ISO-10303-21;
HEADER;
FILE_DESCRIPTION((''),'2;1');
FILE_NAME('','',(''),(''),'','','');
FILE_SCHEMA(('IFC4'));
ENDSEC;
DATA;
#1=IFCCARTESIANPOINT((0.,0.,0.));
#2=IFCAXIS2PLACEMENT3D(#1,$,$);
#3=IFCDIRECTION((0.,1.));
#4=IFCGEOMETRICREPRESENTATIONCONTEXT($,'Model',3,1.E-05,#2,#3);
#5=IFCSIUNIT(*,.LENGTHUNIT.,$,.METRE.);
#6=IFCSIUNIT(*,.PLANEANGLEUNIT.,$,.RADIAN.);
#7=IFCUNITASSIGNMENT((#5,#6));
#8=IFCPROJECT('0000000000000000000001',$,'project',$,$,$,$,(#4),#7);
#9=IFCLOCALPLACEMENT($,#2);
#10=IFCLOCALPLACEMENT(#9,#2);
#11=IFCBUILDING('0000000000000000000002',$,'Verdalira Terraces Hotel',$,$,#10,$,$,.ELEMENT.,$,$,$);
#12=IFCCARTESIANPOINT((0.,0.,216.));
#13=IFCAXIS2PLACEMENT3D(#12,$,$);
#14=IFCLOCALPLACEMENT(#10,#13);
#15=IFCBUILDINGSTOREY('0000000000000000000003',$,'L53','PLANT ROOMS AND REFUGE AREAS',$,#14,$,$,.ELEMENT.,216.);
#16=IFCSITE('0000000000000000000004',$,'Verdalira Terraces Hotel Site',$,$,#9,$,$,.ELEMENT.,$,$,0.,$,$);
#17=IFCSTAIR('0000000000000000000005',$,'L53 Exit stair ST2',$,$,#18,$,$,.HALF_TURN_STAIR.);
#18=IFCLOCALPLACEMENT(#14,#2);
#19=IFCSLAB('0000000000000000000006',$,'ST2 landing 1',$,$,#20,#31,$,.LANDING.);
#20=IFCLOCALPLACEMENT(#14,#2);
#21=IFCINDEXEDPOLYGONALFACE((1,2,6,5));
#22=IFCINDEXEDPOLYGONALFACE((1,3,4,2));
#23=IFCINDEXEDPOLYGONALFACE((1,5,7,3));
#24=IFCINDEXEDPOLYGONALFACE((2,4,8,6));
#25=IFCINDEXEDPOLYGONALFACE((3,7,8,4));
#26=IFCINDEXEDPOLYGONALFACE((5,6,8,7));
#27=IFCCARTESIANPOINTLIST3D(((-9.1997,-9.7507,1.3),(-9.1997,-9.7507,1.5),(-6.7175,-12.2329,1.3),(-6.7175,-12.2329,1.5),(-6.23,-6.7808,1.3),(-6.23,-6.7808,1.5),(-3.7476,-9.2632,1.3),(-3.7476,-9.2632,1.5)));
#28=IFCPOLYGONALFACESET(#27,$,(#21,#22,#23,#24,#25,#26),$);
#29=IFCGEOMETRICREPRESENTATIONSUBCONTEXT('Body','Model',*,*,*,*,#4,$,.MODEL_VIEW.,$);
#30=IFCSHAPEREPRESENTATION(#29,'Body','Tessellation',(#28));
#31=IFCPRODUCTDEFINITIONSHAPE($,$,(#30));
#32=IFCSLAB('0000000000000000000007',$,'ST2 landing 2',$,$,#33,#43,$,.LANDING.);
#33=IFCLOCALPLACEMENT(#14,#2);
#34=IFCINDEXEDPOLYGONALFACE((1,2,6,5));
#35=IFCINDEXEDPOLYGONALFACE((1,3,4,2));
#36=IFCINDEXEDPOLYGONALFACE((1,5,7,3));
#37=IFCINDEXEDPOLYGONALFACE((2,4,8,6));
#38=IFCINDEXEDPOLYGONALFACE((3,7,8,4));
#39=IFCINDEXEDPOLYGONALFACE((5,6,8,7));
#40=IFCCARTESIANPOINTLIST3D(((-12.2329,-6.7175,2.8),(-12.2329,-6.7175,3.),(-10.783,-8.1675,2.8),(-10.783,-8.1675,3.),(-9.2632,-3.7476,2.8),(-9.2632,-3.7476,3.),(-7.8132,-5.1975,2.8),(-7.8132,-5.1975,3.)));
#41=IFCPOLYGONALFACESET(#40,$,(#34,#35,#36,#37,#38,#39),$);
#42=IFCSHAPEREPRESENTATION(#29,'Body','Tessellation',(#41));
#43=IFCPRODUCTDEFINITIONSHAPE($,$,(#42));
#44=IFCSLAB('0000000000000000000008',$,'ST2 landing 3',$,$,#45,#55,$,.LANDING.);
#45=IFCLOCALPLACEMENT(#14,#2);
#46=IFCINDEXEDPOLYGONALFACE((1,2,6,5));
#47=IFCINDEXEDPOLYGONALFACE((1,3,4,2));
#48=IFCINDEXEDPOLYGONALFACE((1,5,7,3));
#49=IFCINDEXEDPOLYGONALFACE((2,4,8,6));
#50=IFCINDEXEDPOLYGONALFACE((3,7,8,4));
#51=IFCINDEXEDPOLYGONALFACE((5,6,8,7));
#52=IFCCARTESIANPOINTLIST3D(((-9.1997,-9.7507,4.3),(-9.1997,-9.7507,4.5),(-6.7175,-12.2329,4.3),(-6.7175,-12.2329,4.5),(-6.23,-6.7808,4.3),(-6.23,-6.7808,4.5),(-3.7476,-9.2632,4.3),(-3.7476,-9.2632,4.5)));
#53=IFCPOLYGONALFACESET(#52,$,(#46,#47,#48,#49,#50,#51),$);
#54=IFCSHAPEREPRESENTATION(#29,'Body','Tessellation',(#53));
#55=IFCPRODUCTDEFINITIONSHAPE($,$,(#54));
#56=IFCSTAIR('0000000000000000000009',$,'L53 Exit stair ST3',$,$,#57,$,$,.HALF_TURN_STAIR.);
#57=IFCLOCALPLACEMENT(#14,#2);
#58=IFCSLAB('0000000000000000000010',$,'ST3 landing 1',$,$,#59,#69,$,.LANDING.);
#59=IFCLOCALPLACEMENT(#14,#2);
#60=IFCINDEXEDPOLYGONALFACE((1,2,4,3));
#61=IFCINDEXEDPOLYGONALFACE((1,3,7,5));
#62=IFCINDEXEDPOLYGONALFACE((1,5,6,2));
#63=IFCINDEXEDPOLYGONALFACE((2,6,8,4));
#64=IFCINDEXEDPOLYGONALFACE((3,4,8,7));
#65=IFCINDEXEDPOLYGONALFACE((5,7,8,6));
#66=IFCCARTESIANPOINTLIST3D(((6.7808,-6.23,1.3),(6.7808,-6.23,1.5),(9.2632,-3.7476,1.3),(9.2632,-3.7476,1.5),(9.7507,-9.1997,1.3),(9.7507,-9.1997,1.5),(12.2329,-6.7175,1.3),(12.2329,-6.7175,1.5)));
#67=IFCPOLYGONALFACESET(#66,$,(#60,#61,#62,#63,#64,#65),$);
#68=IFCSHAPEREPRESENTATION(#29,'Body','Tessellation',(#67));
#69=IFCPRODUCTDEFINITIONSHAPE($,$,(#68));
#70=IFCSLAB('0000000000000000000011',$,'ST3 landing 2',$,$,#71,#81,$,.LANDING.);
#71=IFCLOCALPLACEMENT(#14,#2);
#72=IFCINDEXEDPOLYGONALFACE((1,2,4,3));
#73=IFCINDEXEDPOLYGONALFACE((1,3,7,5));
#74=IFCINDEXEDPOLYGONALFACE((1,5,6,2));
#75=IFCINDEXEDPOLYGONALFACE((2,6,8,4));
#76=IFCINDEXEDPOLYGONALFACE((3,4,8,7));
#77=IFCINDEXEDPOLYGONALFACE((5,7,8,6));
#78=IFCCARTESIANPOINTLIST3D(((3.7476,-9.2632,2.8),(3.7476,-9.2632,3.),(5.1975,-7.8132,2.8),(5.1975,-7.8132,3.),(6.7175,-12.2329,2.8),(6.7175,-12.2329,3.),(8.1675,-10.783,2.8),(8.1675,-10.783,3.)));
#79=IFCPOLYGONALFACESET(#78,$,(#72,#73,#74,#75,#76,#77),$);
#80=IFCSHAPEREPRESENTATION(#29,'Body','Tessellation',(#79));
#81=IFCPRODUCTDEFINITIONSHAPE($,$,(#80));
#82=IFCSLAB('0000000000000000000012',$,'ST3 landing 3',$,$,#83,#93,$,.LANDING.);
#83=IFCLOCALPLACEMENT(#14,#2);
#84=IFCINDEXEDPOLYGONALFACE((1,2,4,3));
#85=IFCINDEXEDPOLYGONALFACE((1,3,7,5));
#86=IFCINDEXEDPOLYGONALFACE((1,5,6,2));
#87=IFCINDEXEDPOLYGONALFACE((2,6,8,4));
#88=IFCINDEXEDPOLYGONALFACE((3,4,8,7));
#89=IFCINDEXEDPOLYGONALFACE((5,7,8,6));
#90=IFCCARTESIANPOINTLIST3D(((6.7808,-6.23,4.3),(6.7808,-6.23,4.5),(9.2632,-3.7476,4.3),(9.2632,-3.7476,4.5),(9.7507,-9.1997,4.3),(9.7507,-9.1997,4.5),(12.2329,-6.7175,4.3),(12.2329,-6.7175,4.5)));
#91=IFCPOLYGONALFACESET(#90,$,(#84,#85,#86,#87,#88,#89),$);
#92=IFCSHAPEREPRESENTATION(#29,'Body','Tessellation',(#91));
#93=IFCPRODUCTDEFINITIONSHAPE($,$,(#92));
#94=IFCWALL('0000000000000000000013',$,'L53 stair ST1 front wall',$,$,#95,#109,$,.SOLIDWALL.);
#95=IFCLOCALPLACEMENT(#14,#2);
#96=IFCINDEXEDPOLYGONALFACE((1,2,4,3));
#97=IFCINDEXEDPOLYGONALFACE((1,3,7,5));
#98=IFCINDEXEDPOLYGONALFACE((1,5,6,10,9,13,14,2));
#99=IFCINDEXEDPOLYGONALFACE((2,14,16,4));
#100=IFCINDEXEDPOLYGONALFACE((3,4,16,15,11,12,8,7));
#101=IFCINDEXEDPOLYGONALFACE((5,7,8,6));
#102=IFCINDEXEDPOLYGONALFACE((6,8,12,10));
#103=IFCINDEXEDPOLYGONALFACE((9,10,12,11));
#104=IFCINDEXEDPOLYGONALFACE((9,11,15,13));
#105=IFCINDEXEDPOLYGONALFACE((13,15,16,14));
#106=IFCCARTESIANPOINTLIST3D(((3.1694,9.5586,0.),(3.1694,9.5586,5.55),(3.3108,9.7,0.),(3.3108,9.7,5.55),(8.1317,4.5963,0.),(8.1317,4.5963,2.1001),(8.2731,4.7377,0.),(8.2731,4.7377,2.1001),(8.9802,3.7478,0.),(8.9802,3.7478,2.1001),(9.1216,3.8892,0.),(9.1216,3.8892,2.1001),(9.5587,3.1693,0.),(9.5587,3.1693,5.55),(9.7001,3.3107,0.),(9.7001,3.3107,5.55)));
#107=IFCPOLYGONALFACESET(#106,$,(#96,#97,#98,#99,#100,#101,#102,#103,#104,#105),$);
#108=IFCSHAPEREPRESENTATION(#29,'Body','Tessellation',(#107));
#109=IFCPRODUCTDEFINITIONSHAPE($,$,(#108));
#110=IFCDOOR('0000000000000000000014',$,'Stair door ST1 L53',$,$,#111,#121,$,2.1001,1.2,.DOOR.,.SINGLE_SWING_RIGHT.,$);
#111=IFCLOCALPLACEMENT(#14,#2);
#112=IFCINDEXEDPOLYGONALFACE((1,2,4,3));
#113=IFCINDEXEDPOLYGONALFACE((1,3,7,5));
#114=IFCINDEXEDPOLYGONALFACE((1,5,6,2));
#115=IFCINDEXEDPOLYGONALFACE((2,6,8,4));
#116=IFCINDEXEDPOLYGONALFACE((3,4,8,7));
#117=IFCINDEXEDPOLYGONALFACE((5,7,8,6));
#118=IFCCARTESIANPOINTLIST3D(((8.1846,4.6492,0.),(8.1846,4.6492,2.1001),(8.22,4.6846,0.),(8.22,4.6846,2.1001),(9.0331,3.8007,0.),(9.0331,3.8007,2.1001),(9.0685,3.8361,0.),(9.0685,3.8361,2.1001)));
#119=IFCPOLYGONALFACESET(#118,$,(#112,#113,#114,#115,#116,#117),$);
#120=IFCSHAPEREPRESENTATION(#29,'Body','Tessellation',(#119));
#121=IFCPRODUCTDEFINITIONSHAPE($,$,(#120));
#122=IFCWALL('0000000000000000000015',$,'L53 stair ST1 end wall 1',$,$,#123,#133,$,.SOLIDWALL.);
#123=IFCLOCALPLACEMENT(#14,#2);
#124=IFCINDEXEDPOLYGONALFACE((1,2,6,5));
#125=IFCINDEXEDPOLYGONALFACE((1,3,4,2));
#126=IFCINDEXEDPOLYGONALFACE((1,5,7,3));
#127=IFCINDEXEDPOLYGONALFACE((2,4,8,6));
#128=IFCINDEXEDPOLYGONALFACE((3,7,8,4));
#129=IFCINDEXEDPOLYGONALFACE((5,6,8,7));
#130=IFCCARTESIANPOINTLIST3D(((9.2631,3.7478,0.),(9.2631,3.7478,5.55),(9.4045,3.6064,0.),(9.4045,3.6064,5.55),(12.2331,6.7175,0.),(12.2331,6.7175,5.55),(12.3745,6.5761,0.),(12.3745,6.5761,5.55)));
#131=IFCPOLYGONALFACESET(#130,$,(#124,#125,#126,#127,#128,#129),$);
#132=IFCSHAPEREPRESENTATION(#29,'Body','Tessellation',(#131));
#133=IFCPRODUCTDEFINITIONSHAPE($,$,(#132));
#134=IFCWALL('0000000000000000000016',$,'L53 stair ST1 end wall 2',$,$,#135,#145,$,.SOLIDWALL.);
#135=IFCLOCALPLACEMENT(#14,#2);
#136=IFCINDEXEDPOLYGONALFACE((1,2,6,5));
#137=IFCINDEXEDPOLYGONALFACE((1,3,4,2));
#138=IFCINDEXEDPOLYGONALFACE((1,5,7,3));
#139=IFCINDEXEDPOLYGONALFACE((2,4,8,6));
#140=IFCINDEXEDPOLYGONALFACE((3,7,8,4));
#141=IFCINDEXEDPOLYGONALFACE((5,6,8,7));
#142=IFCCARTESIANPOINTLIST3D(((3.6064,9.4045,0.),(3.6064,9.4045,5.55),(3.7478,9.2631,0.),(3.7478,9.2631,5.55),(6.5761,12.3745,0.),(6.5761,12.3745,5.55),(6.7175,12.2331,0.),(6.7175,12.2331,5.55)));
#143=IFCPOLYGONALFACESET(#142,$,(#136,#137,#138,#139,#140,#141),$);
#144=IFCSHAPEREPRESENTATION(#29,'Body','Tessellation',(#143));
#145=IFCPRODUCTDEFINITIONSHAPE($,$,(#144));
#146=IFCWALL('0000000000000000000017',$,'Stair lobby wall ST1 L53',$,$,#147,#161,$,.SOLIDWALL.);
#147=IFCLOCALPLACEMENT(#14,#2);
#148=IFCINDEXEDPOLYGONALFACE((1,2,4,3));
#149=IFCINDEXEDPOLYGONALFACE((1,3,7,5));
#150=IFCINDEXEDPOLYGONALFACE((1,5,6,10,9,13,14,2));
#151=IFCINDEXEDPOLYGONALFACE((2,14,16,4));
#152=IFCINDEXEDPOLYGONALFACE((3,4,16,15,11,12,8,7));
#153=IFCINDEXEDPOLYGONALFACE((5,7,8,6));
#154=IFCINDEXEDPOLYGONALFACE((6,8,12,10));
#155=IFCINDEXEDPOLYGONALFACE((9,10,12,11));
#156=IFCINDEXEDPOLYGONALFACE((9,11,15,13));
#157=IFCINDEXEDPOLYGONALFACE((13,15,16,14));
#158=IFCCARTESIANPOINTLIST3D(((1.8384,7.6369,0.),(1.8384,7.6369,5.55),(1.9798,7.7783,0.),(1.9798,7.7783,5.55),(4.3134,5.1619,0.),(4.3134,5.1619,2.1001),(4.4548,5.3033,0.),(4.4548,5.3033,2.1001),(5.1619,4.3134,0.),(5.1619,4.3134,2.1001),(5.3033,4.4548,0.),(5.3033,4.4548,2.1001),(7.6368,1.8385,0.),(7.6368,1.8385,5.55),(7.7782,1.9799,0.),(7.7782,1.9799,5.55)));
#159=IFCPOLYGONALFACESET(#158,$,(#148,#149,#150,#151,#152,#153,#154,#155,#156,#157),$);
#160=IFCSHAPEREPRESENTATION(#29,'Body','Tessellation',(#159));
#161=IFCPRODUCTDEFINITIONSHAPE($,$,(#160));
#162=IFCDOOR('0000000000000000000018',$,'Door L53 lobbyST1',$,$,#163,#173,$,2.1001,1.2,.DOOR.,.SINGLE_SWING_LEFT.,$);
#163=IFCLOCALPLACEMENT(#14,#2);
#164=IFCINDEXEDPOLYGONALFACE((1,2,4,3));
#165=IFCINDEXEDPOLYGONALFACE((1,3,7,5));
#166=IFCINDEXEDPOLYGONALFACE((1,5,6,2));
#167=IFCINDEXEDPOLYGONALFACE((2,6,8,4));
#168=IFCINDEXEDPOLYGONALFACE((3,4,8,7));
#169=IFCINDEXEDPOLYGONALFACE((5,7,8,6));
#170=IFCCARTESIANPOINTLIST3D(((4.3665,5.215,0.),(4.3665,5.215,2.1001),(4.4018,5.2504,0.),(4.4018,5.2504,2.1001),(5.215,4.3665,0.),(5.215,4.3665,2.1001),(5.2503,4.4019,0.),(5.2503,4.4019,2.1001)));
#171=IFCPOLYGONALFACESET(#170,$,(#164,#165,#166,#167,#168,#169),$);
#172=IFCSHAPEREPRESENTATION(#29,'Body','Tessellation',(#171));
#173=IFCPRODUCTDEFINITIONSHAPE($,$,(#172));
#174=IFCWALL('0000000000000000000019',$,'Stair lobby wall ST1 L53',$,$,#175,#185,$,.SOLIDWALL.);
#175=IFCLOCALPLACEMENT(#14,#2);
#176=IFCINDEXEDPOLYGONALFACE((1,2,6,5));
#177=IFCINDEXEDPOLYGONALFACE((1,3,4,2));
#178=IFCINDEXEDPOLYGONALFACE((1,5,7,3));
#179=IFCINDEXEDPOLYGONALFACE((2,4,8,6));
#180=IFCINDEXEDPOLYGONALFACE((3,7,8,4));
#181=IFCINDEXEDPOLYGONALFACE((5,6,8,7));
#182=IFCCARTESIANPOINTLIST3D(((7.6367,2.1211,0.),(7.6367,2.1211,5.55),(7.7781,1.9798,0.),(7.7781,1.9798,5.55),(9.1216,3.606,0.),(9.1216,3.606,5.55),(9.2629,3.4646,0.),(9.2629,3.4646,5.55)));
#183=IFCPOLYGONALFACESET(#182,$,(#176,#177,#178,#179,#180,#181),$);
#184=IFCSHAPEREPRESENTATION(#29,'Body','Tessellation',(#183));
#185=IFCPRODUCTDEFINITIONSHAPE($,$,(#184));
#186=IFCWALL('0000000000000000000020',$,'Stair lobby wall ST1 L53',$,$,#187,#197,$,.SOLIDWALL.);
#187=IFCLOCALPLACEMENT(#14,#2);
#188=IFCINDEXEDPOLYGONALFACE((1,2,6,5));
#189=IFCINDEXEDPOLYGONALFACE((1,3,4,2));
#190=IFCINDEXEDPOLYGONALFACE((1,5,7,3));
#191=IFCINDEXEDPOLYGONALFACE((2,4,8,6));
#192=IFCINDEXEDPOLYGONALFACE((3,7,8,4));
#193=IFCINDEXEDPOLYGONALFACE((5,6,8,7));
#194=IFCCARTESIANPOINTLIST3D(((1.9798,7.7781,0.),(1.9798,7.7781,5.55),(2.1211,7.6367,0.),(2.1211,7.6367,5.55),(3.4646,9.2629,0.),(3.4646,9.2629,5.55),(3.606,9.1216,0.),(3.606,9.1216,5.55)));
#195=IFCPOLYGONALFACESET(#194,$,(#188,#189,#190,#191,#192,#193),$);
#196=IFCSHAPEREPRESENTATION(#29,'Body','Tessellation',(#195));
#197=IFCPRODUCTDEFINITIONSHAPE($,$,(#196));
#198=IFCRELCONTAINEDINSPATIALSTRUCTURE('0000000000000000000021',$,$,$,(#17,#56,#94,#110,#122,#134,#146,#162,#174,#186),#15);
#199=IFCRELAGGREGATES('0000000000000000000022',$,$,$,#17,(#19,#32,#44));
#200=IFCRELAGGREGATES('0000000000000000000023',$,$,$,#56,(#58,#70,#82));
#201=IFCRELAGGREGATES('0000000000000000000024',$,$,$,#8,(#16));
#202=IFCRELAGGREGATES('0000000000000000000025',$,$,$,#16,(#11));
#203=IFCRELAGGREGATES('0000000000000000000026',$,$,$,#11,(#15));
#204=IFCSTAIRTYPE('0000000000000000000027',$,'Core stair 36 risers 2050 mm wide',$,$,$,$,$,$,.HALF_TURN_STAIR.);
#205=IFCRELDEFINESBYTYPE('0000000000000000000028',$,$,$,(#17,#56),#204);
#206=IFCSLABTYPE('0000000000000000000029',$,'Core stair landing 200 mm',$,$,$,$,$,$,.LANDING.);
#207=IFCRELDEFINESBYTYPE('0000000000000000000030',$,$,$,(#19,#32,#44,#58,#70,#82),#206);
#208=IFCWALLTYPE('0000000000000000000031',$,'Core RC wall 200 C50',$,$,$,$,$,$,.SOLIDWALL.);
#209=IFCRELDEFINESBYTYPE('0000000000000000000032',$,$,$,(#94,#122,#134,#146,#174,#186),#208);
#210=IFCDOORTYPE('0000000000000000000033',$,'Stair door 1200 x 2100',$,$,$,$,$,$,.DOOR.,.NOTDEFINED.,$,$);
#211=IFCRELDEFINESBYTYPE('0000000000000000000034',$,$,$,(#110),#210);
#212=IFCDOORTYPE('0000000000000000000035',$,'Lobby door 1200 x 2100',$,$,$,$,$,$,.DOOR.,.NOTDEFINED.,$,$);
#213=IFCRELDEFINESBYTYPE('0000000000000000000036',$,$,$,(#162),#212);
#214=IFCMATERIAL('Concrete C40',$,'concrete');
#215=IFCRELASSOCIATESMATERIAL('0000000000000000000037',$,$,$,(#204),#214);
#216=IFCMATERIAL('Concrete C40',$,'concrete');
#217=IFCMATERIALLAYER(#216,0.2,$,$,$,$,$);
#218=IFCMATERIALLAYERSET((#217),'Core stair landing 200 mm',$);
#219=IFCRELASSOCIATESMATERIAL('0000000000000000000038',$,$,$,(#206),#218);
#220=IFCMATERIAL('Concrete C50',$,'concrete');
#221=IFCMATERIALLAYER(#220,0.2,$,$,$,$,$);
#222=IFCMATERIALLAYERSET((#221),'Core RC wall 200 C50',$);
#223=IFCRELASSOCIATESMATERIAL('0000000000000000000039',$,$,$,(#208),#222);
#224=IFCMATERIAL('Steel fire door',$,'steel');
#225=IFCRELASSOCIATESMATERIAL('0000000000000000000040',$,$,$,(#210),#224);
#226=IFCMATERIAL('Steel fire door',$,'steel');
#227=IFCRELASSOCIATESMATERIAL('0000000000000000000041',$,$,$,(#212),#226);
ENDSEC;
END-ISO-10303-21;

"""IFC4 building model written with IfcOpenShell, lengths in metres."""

from ifc_helpers import new_model, si_unit, direction, frame, frame_2d, origin, place, context, subcontext, project, spatial, polyline, rectangle, outline, extrude, material, layer, layer_set, type_object, element, fill, aggregate, save


model = new_model("IFC4")

# Units and contexts
model_context = context("Model", 3, precision=1e-05, world=origin(), true_north=direction((0.0, 1.0)))
body_context = subcontext(model_context, "Body", "Model", "MODEL_VIEW")
ifc_project = project(units=[si_unit("LENGTHUNIT", "METRE"), si_unit("PLANEANGLEUNIT", "RADIAN")], contexts=[model_context])

# Site, building, storey
site_placement = place(None, origin())
site = spatial("IfcSite", under=ifc_project, at=site_placement, Name="Verdalira Terraces Hotel Site", CompositionType="ELEMENT", RefElevation=0.0)
building_placement = place(site_placement, origin())
building = spatial("IfcBuilding", under=site, at=building_placement, Name="Verdalira Terraces Hotel", CompositionType="ELEMENT")
storey_placement = place(building_placement, frame((0.0, 0.0, 216.0)))
storey = spatial("IfcBuildingStorey", under=building, at=storey_placement, Name="L53", Description="PLANT ROOMS AND REFUGE AREAS", CompositionType="ELEMENT", Elevation=216.0)

# Stairs, slabs
ifc_material_1 = material(Name="Concrete C40", Category="concrete")
stair_type = type_object("IfcStairType", Name="Core stair 36 risers 2050 mm wide", PredefinedType="HALF_TURN_STAIR", material=ifc_material_1)
stair_1_placement = place(storey_placement, origin())
stair_1 = element("IfcStair", 1, at=stair_1_placement, inside=storey, type_object=stair_type, Name="L53 Exit stair ST2", PredefinedType="HALF_TURN_STAIR")
ifc_material_2 = material(Name="Concrete C40", Category="concrete")
ifc_layer_1 = layer(ifc_material_2, 0.2)
ifc_layer_set_1 = layer_set([ifc_layer_1], Name="Core stair landing 200 mm")
slab_type = type_object("IfcSlabType", Name="Core stair landing 200 mm", PredefinedType="LANDING", material=ifc_layer_set_1)
slab_1_placement = place(storey_placement, frame((0.0, 0.0, 1.3)))
slab_1 = element("IfcSlab", 2, at=slab_1_placement, type_object=slab_type, Name="ST2 landing 1", PredefinedType="LANDING", context=body_context, shape_type="SweptSolid", body=[
    extrude(outline(polyline([(-9.1997, -9.7507), (-6.7175, -12.2329), (-3.7476, -9.2632), (-6.23, -6.7808), (-9.1997, -9.7507)])), origin(), (0.0, 0.0, 1.0), 0.2),
])
slab_2_placement = place(storey_placement, frame((0.0, 0.0, 2.8)))
slab_2 = element("IfcSlab", 3, at=slab_2_placement, type_object=slab_type, Name="ST2 landing 2", PredefinedType="LANDING", context=body_context, shape_type="SweptSolid", body=[
    extrude(outline(polyline([(-12.2329, -6.7175), (-10.783, -8.1675), (-7.8132, -5.1975), (-9.2632, -3.7476), (-12.2329, -6.7175)])), origin(), (0.0, 0.0, 1.0), 0.2),
])
slab_3_placement = place(storey_placement, frame((0.0, 0.0, 4.3)))
slab_3 = element("IfcSlab", 4, at=slab_3_placement, type_object=slab_type, Name="ST2 landing 3", PredefinedType="LANDING", context=body_context, shape_type="SweptSolid", body=[
    extrude(outline(polyline([(-9.1997, -9.7507), (-6.7175, -12.2329), (-3.7476, -9.2632), (-6.23, -6.7808), (-9.1997, -9.7507)])), origin(), (0.0, 0.0, 1.0), 0.2),
])
aggregate(stair_1, [slab_1, slab_2, slab_3])
stair_2_placement = place(storey_placement, origin())
stair_2 = element("IfcStair", 5, at=stair_2_placement, inside=storey, type_object=stair_type, Name="L53 Exit stair ST3", PredefinedType="HALF_TURN_STAIR")
slab_4_placement = place(storey_placement, frame((0.0, 0.0, 1.3)))
slab_4 = element("IfcSlab", 6, at=slab_4_placement, type_object=slab_type, Name="ST3 landing 1", PredefinedType="LANDING", context=body_context, shape_type="SweptSolid", body=[
    extrude(outline(polyline([(9.7507, -9.1997), (12.2329, -6.7175), (9.2632, -3.7476), (6.7808, -6.23), (9.7507, -9.1997)])), origin(), (0.0, 0.0, 1.0), 0.2),
])
slab_5_placement = place(storey_placement, frame((0.0, 0.0, 2.8)))
slab_5 = element("IfcSlab", 7, at=slab_5_placement, type_object=slab_type, Name="ST3 landing 2", PredefinedType="LANDING", context=body_context, shape_type="SweptSolid", body=[
    extrude(outline(polyline([(6.7175, -12.2329), (8.1675, -10.783), (5.1975, -7.8132), (3.7476, -9.2632), (6.7175, -12.2329)])), origin(), (0.0, 0.0, 1.0), 0.2),
])
slab_6_placement = place(storey_placement, frame((0.0, 0.0, 4.3)))
slab_6 = element("IfcSlab", 8, at=slab_6_placement, type_object=slab_type, Name="ST3 landing 3", PredefinedType="LANDING", context=body_context, shape_type="SweptSolid", body=[
    extrude(outline(polyline([(9.7507, -9.1997), (12.2329, -6.7175), (9.2632, -3.7476), (6.7808, -6.23), (9.7507, -9.1997)])), origin(), (0.0, 0.0, 1.0), 0.2),
])
aggregate(stair_2, [slab_4, slab_5, slab_6])

# Wall, opening, door
ifc_material_3 = material(Name="Concrete C50", Category="concrete")
ifc_layer_2 = layer(ifc_material_3, 0.2)
ifc_layer_set_2 = layer_set([ifc_layer_2], Name="Core RC wall 200 C50")
wall_type_1 = type_object("IfcWallType", Name="Core RC wall 200 C50", PredefinedType="SOLIDWALL", material=ifc_layer_set_2)
wall_1_placement = place(storey_placement, frame((3.24, 9.6294, 0.0), z_axis=(0.0, 0.0, 1.0), x_axis=(0.707107, -0.707107, 0.0)))
wall_1 = element("IfcWall", 9, at=wall_1_placement, inside=storey, type_object=wall_type_1, Name="L53 stair ST1 front wall", PredefinedType="SOLIDWALL", context=body_context, shape_type="SweptSolid", body=[
    extrude(rectangle(XDim=9.0359, YDim=0.2, at=frame_2d((4.5181, 0.0))), origin(), (0.0, 0.0, 1.0), 5.55),
])
opening_1_placement = place(wall_1_placement, frame((7.0178, 0.0, 0.0)))
opening_1 = element("IfcOpeningElement", 10, at=opening_1_placement, cuts=wall_1, PredefinedType="OPENING", context=body_context, shape_type="SweptSolid", body=[
    extrude(rectangle(XDim=1.2, YDim=2.1001, at=frame_2d((0.6001, 1.05))), frame((0.0, 0.1099, 0.0), z_axis=(0.0, -1.0, 0.0), x_axis=(1.0, 0.0, 0.0)), (0.0, 0.0, 1.0), 0.22),
])
ifc_material_4 = material(Name="Steel fire door", Category="steel")
door_type_1 = type_object("IfcDoorType", Name="Stair door 1200 x 2100", OperationType="NOTDEFINED", PredefinedType="DOOR", material=ifc_material_4)
door_1_placement = place(opening_1_placement, origin())
door_1 = element("IfcDoor", 11, at=door_1_placement, inside=storey, type_object=door_type_1, Name="Stair door ST1 L53", OperationType="SINGLE_SWING_RIGHT", OverallHeight=2.1001, OverallWidth=1.2, PredefinedType="DOOR", context=body_context, shape_type="SweptSolid", body=[
    extrude(rectangle(XDim=1.2, YDim=2.1001, at=frame_2d((0.6001, 1.05))), frame((0.0, 0.0249, 0.0), z_axis=(0.0, -1.0, 0.0), x_axis=(1.0, 0.0, 0.0)), (0.0, 0.0, 1.0), 0.05),
])
fill(opening_1, door_1)

# Walls
for number, where, z_axis, x_axis, name in (
    (12, (9.3337, 3.677, 0.0), (0.0, 0.0, 1.0), (0.707136, 0.707078, 0.0), "L53 stair ST1 end wall 1"),
    (13, (3.677, 9.3337, 0.0), (0.0, 0.0, 1.0), (0.707078, 0.707136, 0.0), "L53 stair ST1 end wall 2"),
):
    element("IfcWall", number, at=place(storey_placement, frame(where, z_axis=z_axis, x_axis=x_axis)), inside=storey, type_object=wall_type_1, Name=name, PredefinedType="SOLIDWALL", context=body_context, shape_type="SweptSolid", body=[
        extrude(rectangle(XDim=4.2, YDim=0.2, at=frame_2d((2.1001, 0.0))), origin(), (0.0, 0.0, 1.0), 5.55),
    ])

# Wall, opening, door
wall_2_placement = place(storey_placement, frame((7.7075, 1.9092, 0.0), z_axis=(0.0, 0.0, 1.0), x_axis=(-0.707107, 0.707107, 0.0)))
wall_2 = element("IfcWall", 14, at=wall_2_placement, inside=storey, type_object=wall_type_1, Name="Stair lobby wall ST1 L53", PredefinedType="SOLIDWALL", context=body_context, shape_type="SweptSolid", body=[
    extrude(rectangle(XDim=8.2002, YDim=0.2, at=frame_2d((4.1001, 0.0))), origin(), (0.0, 0.0, 1.0), 5.55),
])
opening_2_placement = place(wall_2_placement, frame((3.5, 0.0, 0.0)))
opening_2 = element("IfcOpeningElement", 15, at=opening_2_placement, cuts=wall_2, PredefinedType="OPENING", context=body_context, shape_type="SweptSolid", body=[
    extrude(rectangle(XDim=1.2, YDim=2.1001, at=frame_2d((0.6001, 1.05))), frame((0.0, 0.1099, 0.0), z_axis=(0.0, -1.0, 0.0), x_axis=(1.0, 0.0, 0.0)), (0.0, 0.0, 1.0), 0.22),
])
ifc_material_5 = material(Name="Steel fire door", Category="steel")
door_type_2 = type_object("IfcDoorType", Name="Lobby door 1200 x 2100", OperationType="NOTDEFINED", PredefinedType="DOOR", material=ifc_material_5)
door_2_placement = place(opening_2_placement, origin())
door_2 = element("IfcDoor", 16, at=door_2_placement, inside=storey, type_object=door_type_2, Name="Door L53 lobbyST1", OperationType="SINGLE_SWING_LEFT", OverallHeight=2.1001, OverallWidth=1.2, PredefinedType="DOOR", context=body_context, shape_type="SweptSolid", body=[
    extrude(rectangle(XDim=1.2, YDim=2.1001, at=frame_2d((0.6001, 1.05))), frame((0.0, 0.0249, 0.0), z_axis=(0.0, -1.0, 0.0), x_axis=(1.0, 0.0, 0.0)), (0.0, 0.0, 1.0), 0.05),
])
fill(opening_2, door_2)

# Walls
for number, where, z_axis, x_axis, name in (
    (17, (7.7075, 2.0505, 0.0), (0.0, 0.0, 1.0), (0.707107, 0.707107, 0.0), "Stair lobby wall ST1 L53"),
    (18, (2.0505, 7.7075, 0.0), (0.0, 0.0, 1.0), (0.707107, 0.707107, 0.0), "Stair lobby wall ST1 L53"),
):
    element("IfcWall", number, at=place(storey_placement, frame(where, z_axis=z_axis, x_axis=x_axis)), inside=storey, type_object=wall_type_1, Name=name, PredefinedType="SOLIDWALL", context=body_context, shape_type="SweptSolid", body=[
        extrude(rectangle(XDim=2.0999, YDim=0.2, at=frame_2d((1.0498, 0.0))), origin(), (0.0, 0.0, 1.0), 5.55),
    ])

save(model, "model.ifc")
